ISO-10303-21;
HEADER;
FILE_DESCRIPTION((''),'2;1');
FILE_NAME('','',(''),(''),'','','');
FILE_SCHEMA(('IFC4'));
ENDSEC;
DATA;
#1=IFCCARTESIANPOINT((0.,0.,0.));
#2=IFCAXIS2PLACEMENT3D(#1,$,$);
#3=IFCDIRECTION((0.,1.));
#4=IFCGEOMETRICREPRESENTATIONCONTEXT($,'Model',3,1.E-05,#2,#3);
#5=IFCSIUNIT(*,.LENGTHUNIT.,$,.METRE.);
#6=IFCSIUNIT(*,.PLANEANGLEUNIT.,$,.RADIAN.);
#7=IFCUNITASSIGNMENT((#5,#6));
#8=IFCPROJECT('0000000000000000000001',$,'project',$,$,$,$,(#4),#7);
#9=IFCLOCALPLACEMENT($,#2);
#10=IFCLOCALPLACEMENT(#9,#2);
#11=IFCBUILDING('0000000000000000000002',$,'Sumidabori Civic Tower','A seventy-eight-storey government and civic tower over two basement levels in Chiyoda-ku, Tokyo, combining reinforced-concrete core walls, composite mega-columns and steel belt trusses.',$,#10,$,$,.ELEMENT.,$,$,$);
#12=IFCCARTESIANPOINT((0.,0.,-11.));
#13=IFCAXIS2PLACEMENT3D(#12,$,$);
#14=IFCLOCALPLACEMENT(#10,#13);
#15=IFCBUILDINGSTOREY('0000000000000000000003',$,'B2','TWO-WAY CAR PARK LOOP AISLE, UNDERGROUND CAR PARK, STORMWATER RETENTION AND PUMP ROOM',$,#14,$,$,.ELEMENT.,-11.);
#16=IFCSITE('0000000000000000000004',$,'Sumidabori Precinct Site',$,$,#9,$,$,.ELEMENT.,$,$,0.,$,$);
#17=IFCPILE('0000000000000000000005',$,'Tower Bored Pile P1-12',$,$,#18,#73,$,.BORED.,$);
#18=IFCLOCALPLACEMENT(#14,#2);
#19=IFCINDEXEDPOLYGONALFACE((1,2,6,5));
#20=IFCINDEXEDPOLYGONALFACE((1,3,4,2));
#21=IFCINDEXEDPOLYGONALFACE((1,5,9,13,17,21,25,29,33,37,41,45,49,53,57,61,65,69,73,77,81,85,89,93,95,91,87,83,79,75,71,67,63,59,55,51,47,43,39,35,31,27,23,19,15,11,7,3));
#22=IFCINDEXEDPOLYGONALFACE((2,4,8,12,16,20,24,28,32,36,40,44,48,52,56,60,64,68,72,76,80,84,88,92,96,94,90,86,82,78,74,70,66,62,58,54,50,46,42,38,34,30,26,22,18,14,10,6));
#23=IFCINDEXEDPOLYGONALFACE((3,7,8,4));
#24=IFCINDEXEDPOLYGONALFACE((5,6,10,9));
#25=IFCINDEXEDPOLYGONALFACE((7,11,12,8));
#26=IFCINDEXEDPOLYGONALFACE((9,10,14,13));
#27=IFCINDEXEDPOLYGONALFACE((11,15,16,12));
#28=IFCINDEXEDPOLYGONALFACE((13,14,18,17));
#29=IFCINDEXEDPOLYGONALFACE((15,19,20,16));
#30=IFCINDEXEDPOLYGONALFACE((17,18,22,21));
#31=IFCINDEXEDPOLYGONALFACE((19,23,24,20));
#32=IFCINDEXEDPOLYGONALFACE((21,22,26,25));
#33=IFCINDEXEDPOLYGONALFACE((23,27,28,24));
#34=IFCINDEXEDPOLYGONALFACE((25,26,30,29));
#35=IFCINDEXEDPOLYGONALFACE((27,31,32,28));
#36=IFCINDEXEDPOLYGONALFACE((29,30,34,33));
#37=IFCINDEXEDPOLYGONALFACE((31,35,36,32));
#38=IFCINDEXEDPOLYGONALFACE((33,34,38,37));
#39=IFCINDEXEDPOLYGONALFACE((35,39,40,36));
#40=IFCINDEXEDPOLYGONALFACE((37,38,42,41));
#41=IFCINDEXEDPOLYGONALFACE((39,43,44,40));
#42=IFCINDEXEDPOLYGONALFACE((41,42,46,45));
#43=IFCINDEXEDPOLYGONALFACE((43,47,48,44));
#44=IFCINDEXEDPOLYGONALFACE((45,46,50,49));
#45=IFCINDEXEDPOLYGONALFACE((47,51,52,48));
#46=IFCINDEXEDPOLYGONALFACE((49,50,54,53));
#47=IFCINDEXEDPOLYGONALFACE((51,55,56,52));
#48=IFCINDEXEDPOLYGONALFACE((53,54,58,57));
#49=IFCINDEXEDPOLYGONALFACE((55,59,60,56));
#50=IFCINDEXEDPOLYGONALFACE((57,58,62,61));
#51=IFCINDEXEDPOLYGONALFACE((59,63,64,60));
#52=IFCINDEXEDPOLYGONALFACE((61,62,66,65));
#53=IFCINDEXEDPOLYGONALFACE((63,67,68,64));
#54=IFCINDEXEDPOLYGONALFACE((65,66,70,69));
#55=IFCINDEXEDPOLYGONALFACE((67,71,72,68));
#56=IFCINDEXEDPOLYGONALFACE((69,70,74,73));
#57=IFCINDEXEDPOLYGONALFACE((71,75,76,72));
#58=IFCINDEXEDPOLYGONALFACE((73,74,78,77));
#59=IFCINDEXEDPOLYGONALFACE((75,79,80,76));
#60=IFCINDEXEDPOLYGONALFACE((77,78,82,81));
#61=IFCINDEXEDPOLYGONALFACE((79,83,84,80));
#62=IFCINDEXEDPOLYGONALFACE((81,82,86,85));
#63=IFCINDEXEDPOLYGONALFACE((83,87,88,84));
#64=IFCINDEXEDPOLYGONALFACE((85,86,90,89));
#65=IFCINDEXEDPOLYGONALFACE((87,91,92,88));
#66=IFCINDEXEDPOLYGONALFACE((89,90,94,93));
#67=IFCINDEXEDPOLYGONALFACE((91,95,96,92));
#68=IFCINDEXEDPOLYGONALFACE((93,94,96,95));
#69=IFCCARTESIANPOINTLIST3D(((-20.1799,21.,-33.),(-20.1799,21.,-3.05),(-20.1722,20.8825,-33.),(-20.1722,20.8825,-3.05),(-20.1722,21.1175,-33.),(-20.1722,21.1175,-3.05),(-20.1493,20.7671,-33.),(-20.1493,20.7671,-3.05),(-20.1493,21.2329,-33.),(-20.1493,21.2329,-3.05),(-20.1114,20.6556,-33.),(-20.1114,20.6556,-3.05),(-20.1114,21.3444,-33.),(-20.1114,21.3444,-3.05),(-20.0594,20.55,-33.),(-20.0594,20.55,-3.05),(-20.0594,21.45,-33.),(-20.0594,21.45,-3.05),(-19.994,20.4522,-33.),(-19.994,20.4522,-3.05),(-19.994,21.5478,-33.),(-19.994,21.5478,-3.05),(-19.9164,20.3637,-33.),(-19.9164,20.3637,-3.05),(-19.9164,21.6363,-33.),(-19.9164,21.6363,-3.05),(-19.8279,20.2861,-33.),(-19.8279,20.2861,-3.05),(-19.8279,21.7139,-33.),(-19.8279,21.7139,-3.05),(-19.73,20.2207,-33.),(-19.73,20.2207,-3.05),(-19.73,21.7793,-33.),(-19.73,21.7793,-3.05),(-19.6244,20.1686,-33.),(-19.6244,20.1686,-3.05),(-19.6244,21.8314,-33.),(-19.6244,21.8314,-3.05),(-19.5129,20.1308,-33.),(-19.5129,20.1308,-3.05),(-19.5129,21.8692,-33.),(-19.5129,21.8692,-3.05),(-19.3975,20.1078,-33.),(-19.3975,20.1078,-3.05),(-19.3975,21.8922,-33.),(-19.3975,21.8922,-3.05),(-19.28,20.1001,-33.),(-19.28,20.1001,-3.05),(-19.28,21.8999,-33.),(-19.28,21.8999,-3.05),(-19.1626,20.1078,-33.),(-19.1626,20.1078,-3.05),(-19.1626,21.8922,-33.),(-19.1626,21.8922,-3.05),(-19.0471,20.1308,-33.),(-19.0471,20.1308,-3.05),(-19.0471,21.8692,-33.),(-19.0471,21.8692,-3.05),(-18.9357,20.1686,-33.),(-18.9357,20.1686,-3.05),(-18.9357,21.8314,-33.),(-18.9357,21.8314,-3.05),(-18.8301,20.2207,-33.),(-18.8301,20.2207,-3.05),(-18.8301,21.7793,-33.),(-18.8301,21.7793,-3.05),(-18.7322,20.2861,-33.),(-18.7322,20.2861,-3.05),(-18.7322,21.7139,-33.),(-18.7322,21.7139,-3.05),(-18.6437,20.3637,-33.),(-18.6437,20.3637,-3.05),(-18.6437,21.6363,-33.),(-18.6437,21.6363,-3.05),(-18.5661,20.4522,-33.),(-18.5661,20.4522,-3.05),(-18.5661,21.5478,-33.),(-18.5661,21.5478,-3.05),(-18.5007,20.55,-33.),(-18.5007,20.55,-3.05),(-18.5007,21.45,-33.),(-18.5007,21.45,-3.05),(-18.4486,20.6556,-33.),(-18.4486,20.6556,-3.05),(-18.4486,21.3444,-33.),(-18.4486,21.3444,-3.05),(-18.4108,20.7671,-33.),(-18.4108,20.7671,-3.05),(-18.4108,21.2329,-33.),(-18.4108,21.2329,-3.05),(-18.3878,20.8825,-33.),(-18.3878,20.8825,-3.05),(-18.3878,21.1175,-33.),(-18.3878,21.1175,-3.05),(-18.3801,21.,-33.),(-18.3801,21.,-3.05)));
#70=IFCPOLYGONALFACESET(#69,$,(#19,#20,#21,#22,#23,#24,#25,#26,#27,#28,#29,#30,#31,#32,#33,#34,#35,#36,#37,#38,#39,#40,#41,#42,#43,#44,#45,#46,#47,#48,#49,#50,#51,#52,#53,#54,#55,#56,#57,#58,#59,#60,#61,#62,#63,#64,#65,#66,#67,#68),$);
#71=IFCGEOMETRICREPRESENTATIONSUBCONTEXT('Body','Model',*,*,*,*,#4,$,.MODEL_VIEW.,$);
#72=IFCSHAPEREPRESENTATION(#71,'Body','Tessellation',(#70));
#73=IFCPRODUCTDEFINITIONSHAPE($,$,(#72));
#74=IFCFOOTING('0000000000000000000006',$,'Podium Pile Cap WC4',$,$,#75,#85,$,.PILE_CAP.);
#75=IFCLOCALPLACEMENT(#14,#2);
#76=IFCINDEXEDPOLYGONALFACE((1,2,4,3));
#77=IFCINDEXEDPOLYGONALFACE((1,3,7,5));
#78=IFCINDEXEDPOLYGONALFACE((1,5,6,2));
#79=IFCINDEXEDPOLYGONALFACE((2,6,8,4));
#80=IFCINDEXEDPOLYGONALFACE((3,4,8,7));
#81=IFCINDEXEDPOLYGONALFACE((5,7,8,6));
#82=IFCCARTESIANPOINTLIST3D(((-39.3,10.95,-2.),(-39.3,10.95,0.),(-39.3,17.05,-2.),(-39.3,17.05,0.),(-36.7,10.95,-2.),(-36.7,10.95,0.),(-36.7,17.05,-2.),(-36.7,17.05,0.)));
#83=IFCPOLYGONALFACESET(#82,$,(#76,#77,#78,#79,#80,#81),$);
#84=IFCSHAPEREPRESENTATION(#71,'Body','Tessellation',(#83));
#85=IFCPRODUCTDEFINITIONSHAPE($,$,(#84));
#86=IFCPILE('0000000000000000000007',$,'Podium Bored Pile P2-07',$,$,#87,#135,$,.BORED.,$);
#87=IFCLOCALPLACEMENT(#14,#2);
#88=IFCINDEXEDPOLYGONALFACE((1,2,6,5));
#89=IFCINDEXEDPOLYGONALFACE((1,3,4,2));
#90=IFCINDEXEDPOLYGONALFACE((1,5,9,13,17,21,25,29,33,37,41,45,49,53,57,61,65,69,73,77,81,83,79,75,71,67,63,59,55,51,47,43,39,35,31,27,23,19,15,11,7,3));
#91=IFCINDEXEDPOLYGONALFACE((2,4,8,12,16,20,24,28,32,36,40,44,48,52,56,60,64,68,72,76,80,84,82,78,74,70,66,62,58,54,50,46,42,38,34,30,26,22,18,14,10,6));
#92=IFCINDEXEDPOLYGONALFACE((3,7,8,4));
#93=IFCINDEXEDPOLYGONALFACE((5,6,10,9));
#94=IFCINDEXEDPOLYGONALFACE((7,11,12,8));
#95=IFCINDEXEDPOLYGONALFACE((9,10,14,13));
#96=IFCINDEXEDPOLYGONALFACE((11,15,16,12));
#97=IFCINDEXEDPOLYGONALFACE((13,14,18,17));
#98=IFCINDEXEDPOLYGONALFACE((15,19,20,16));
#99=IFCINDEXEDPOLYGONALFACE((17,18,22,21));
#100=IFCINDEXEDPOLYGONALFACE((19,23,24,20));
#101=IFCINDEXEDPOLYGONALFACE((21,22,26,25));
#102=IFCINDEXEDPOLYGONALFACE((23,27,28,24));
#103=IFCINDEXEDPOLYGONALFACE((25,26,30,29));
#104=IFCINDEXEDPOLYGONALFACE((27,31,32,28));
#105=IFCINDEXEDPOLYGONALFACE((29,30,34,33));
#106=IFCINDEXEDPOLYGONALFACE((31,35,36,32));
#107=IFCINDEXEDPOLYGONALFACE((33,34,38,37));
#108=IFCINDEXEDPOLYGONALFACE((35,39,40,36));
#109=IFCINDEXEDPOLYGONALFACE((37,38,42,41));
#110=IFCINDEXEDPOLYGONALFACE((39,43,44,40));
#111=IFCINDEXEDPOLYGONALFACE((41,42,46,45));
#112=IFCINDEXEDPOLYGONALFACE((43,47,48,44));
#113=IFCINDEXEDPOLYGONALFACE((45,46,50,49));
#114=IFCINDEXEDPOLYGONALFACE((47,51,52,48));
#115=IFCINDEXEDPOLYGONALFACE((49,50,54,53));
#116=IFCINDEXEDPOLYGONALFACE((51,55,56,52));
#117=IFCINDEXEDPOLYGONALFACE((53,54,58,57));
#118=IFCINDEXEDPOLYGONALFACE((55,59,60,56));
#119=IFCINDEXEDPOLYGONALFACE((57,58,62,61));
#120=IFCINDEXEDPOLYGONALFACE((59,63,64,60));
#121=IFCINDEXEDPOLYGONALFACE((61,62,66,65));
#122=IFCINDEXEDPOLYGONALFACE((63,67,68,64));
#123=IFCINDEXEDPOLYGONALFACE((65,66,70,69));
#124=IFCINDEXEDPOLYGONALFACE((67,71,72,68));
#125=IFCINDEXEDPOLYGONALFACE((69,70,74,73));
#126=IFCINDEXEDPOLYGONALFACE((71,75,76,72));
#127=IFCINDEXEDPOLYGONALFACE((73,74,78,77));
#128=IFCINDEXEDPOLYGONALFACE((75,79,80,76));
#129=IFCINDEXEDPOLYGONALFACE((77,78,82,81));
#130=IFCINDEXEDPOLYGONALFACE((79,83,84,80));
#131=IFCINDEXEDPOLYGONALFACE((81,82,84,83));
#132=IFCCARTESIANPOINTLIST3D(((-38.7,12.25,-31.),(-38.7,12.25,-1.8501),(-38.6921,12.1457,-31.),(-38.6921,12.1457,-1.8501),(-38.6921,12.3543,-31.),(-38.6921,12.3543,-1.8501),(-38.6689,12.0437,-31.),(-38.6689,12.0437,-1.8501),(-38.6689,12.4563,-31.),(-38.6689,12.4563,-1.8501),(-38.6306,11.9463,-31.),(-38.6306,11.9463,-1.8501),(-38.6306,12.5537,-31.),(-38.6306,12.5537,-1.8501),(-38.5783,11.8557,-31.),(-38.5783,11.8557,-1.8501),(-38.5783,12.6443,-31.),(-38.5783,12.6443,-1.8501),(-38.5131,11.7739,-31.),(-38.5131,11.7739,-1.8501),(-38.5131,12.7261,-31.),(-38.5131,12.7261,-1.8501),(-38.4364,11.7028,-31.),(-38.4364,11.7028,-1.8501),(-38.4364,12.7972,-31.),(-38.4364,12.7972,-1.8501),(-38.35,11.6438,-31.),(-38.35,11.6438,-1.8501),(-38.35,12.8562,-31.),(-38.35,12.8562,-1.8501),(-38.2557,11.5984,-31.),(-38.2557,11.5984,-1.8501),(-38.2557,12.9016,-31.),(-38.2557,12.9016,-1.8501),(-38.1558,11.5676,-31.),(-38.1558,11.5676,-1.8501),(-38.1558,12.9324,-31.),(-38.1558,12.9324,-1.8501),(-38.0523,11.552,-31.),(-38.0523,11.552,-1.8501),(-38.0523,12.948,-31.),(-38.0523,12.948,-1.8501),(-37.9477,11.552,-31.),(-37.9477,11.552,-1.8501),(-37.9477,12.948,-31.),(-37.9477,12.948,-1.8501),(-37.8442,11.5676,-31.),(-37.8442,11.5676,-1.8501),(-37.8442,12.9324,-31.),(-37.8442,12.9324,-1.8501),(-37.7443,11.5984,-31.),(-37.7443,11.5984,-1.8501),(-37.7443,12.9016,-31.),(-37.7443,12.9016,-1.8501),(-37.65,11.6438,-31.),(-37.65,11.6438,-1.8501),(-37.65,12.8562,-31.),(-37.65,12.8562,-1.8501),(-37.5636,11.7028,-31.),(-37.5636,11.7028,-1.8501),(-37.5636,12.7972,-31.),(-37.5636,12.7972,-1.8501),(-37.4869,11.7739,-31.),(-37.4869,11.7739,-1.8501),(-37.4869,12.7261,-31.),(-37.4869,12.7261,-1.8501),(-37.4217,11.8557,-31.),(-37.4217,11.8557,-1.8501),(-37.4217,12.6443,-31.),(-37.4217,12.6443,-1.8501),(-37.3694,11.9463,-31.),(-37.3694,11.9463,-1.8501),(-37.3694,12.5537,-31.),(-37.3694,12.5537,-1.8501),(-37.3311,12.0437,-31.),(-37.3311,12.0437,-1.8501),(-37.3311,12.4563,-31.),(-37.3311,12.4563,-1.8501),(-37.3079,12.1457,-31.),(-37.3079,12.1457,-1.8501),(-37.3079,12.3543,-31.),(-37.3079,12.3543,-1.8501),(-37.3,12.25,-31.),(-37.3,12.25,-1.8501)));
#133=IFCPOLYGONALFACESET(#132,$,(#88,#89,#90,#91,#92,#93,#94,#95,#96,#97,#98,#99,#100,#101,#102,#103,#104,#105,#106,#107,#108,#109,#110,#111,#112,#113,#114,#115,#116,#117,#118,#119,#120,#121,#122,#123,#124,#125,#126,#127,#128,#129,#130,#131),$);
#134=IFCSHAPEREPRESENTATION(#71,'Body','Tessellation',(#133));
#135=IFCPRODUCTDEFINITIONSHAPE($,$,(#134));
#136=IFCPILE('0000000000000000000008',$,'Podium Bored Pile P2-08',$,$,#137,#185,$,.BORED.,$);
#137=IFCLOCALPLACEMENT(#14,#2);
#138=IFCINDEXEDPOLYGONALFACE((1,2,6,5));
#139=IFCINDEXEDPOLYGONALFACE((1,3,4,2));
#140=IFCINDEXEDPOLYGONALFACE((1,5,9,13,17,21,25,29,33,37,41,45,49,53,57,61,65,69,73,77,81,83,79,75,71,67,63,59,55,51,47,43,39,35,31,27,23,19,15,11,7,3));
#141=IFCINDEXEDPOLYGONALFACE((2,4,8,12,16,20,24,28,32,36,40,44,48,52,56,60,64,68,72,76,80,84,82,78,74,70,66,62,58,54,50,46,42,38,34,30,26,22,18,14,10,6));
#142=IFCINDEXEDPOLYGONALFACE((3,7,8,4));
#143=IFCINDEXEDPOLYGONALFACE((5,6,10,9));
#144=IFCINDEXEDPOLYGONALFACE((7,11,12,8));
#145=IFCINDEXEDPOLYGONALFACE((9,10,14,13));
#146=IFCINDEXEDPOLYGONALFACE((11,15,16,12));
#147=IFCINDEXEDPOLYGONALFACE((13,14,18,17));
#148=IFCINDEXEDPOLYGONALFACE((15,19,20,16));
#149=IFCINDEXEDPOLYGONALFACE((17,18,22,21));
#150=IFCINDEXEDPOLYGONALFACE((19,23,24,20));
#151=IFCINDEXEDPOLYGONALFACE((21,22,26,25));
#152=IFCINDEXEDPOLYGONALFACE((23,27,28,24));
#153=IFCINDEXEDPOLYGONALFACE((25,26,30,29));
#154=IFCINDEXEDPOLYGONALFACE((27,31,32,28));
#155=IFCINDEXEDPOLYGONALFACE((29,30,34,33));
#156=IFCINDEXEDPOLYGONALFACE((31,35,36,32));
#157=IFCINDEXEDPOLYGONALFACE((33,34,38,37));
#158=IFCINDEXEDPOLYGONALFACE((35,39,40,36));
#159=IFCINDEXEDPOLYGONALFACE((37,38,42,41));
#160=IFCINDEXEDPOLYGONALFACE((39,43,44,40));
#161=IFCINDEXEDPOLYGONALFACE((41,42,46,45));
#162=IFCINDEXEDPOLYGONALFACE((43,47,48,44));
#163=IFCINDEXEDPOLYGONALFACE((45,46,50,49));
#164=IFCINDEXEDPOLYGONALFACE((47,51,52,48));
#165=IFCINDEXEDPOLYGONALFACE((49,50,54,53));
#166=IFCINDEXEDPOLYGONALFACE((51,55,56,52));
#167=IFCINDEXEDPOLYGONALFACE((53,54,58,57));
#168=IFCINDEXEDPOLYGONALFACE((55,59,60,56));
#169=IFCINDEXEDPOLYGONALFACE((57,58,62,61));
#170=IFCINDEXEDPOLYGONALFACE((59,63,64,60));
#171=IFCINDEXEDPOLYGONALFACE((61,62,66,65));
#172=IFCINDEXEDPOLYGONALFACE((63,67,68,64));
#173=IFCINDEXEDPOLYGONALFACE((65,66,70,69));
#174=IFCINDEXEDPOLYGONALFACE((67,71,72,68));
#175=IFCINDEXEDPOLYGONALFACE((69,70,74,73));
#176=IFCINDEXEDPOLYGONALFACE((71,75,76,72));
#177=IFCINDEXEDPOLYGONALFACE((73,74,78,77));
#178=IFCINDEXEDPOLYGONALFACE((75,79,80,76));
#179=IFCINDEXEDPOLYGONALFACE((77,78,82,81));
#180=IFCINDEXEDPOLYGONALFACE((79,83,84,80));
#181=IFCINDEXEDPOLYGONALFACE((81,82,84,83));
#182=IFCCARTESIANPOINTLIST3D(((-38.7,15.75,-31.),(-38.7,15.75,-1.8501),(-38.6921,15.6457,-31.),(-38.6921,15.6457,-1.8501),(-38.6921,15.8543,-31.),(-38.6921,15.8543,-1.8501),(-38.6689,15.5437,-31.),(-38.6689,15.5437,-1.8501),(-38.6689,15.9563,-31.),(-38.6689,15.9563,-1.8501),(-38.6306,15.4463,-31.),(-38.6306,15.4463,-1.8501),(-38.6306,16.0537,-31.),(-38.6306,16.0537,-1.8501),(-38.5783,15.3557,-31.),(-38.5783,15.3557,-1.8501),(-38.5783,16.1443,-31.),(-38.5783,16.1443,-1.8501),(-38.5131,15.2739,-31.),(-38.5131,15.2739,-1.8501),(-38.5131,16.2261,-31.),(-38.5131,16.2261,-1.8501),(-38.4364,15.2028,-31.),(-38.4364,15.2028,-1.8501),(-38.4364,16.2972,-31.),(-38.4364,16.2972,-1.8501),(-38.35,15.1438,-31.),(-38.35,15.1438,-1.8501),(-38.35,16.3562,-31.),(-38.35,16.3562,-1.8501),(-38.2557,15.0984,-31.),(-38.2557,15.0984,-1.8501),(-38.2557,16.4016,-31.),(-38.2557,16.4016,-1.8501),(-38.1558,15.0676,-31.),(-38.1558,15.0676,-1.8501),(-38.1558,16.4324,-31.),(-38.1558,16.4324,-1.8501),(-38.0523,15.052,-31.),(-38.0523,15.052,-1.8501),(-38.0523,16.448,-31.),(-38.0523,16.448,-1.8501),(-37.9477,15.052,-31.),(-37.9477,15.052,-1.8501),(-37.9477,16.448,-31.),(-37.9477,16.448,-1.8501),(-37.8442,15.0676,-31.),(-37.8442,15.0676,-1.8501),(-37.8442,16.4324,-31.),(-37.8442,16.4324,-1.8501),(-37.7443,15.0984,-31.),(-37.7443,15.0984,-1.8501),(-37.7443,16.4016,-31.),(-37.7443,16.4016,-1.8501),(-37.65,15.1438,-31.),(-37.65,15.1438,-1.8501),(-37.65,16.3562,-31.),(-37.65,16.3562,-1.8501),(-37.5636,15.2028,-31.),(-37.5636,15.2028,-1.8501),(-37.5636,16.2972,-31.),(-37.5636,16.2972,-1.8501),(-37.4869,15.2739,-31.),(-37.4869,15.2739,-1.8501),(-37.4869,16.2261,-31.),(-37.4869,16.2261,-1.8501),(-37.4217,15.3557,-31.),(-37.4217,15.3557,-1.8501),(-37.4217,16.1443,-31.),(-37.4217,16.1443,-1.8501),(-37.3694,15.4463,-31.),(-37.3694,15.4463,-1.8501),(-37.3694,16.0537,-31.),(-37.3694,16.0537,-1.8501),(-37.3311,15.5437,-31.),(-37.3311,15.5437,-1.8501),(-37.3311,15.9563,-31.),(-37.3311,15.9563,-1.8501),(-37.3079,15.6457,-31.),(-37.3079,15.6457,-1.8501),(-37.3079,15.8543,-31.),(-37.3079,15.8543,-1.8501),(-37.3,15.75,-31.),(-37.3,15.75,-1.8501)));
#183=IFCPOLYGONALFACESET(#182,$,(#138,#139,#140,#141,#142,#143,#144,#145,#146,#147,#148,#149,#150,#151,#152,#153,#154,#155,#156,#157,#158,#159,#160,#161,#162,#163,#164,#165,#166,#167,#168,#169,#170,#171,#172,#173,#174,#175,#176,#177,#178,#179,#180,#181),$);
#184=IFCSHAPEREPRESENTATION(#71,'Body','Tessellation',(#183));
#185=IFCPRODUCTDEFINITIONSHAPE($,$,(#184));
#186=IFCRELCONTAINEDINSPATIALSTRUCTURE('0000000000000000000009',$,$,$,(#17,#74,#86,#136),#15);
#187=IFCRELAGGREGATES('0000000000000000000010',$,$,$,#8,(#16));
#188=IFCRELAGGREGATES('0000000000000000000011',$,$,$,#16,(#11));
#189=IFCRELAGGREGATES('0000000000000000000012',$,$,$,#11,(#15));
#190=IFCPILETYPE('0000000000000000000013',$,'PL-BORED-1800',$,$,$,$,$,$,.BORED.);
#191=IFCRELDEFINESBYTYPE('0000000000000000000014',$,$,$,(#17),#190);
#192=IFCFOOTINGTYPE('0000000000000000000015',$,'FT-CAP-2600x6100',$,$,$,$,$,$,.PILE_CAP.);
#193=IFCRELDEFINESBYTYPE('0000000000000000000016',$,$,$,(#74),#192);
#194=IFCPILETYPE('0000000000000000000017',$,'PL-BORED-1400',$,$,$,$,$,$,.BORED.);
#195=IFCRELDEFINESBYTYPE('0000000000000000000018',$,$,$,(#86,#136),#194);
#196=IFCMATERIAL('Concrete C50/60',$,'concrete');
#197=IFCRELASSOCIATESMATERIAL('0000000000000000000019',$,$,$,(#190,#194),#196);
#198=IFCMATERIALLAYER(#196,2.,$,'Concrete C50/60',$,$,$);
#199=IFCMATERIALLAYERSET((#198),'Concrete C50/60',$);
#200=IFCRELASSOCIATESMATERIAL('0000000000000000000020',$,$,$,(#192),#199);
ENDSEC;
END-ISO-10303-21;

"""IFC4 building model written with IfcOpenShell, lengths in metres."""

from ifc_helpers import new_model, si_unit, direction, frame, origin, origin_2d, place, context, subcontext, project, spatial, rectangle, circle, extrude, source, transform, mapped, material, layer, layer_set, material_profile, profile_set, type_object, element, save


model = new_model("IFC4")

# Units and contexts
model_context = context("Model", 3, precision=1e-05, world=origin(), true_north=direction((0.0, 1.0)))
body_context = subcontext(model_context, "Body", "Model", "MODEL_VIEW")
ifc_project = project(units=[si_unit("LENGTHUNIT", "METRE"), si_unit("PLANEANGLEUNIT", "RADIAN")], contexts=[model_context])

# Site, building, storey
site_placement = place(None, origin())
site = spatial("IfcSite", under=ifc_project, at=site_placement, Name="Sumidabori Precinct Site", CompositionType="ELEMENT", RefElevation=0.0)
building_placement = place(site_placement, origin())
building = spatial("IfcBuilding", under=site, at=building_placement, Name="Sumidabori Civic Tower", Description="A seventy-eight-storey government and civic tower over two basement levels in Chiyoda-ku, Tokyo, combining reinforced-concrete core walls, composite mega-columns and steel belt trusses.", CompositionType="ELEMENT")
storey_placement = place(building_placement, frame((0.0, 0.0, -11.0)))
storey = spatial("IfcBuildingStorey", under=building, at=storey_placement, Name="B2", Description="TWO-WAY CAR PARK LOOP AISLE, UNDERGROUND CAR PARK, STORMWATER RETENTION AND PUMP ROOM", CompositionType="ELEMENT", Elevation=-11.0)

# Pile
ifc_material_1 = material(Name="Concrete C50/60", Category="concrete")
ifc_material_profile_1 = material_profile(ifc_material_1, circle(Radius=0.8999, at=origin_2d()), Name="BORED PILE 1800")
ifc_profile_set_1 = profile_set([ifc_material_profile_1], Name="Concrete C50/60")
pile_type_1 = type_object("IfcPileType", Name="PL-BORED-1800", PredefinedType="BORED", material=ifc_profile_set_1)
shared_shape_1 = source(origin(), body_context, "Body", "SweptSolid", [
    extrude(circle(Radius=0.8999, at=origin_2d()), origin(), (0.0, 0.0, 1.0), 29.95),
])
for number, where, z_axis, x_axis, name in (
    (1, (-19.28, 21.0, -3.05), (0.0, 0.0, -1.0), (1.0, 0.0, 0.0), "Tower Bored Pile P1-12"),
):
    element("IfcPile", number, at=place(storey_placement, frame(where, z_axis=z_axis, x_axis=x_axis)), inside=storey, type_object=pile_type_1, Name=name, PredefinedType="BORED", context=body_context, shape_type="MappedRepresentation", body=[
        mapped(shared_shape_1, transform((0.0, 0.0, 0.0), x_axis=(1.0, 0.0, 0.0), y_axis=(0.0, 1.0, 0.0), z_axis=(0.0, 0.0, 1.0), scale=1.0)),
    ])

# Footing
ifc_layer_1 = layer(ifc_material_1, 2.0, Name="Concrete C50/60")
ifc_layer_set_1 = layer_set([ifc_layer_1], Name="Concrete C50/60")
footing_type = type_object("IfcFootingType", Name="FT-CAP-2600x6100", PredefinedType="PILE_CAP", material=ifc_layer_set_1)
shared_shape_2 = source(origin(), body_context, "Body", "SweptSolid", [
    extrude(rectangle(XDim=2.6001, YDim=6.1001, at=origin_2d()), origin(), (0.0, 0.0, 1.0), 2.0),
])
footing_placement = place(storey_placement, frame((-38.0, 14.0, -2.0), z_axis=(0.0, 0.0, 1.0), x_axis=(1.0, 0.0, 0.0)))
element("IfcFooting", 2, at=footing_placement, inside=storey, type_object=footing_type, Name="Podium Pile Cap WC4", PredefinedType="PILE_CAP", context=body_context, shape_type="MappedRepresentation", body=[
    mapped(shared_shape_2, transform((0.0, 0.0, 0.0), x_axis=(1.0, 0.0, 0.0), y_axis=(0.0, 1.0, 0.0), z_axis=(0.0, 0.0, 1.0), scale=1.0)),
])

# Piles
ifc_material_profile_2 = material_profile(ifc_material_1, circle(Radius=0.7, at=origin_2d()), Name="BORED PILE 1400")
ifc_profile_set_2 = profile_set([ifc_material_profile_2], Name="Concrete C50/60")
pile_type_2 = type_object("IfcPileType", Name="PL-BORED-1400", PredefinedType="BORED", material=ifc_profile_set_2)
shared_shape_3 = source(origin(), body_context, "Body", "SweptSolid", [
    extrude(circle(Radius=0.7, at=origin_2d()), origin(), (0.0, 0.0, 1.0), 29.1499),
])
for number, where, z_axis, x_axis, name in (
    (3, (-38.0, 12.25, -1.8501), (0.0, 0.0, -1.0), (1.0, 0.0, 0.0), "Podium Bored Pile P2-07"),
    (4, (-38.0, 15.75, -1.8501), (0.0, 0.0, -1.0), (1.0, 0.0, 0.0), "Podium Bored Pile P2-08"),
):
    element("IfcPile", number, at=place(storey_placement, frame(where, z_axis=z_axis, x_axis=x_axis)), inside=storey, type_object=pile_type_2, Name=name, PredefinedType="BORED", context=body_context, shape_type="MappedRepresentation", body=[
        mapped(shared_shape_3, transform((0.0, 0.0, 0.0), x_axis=(1.0, 0.0, 0.0), y_axis=(0.0, 1.0, 0.0), z_axis=(0.0, 0.0, 1.0), scale=1.0)),
    ])

save(model, "model.ifc")
